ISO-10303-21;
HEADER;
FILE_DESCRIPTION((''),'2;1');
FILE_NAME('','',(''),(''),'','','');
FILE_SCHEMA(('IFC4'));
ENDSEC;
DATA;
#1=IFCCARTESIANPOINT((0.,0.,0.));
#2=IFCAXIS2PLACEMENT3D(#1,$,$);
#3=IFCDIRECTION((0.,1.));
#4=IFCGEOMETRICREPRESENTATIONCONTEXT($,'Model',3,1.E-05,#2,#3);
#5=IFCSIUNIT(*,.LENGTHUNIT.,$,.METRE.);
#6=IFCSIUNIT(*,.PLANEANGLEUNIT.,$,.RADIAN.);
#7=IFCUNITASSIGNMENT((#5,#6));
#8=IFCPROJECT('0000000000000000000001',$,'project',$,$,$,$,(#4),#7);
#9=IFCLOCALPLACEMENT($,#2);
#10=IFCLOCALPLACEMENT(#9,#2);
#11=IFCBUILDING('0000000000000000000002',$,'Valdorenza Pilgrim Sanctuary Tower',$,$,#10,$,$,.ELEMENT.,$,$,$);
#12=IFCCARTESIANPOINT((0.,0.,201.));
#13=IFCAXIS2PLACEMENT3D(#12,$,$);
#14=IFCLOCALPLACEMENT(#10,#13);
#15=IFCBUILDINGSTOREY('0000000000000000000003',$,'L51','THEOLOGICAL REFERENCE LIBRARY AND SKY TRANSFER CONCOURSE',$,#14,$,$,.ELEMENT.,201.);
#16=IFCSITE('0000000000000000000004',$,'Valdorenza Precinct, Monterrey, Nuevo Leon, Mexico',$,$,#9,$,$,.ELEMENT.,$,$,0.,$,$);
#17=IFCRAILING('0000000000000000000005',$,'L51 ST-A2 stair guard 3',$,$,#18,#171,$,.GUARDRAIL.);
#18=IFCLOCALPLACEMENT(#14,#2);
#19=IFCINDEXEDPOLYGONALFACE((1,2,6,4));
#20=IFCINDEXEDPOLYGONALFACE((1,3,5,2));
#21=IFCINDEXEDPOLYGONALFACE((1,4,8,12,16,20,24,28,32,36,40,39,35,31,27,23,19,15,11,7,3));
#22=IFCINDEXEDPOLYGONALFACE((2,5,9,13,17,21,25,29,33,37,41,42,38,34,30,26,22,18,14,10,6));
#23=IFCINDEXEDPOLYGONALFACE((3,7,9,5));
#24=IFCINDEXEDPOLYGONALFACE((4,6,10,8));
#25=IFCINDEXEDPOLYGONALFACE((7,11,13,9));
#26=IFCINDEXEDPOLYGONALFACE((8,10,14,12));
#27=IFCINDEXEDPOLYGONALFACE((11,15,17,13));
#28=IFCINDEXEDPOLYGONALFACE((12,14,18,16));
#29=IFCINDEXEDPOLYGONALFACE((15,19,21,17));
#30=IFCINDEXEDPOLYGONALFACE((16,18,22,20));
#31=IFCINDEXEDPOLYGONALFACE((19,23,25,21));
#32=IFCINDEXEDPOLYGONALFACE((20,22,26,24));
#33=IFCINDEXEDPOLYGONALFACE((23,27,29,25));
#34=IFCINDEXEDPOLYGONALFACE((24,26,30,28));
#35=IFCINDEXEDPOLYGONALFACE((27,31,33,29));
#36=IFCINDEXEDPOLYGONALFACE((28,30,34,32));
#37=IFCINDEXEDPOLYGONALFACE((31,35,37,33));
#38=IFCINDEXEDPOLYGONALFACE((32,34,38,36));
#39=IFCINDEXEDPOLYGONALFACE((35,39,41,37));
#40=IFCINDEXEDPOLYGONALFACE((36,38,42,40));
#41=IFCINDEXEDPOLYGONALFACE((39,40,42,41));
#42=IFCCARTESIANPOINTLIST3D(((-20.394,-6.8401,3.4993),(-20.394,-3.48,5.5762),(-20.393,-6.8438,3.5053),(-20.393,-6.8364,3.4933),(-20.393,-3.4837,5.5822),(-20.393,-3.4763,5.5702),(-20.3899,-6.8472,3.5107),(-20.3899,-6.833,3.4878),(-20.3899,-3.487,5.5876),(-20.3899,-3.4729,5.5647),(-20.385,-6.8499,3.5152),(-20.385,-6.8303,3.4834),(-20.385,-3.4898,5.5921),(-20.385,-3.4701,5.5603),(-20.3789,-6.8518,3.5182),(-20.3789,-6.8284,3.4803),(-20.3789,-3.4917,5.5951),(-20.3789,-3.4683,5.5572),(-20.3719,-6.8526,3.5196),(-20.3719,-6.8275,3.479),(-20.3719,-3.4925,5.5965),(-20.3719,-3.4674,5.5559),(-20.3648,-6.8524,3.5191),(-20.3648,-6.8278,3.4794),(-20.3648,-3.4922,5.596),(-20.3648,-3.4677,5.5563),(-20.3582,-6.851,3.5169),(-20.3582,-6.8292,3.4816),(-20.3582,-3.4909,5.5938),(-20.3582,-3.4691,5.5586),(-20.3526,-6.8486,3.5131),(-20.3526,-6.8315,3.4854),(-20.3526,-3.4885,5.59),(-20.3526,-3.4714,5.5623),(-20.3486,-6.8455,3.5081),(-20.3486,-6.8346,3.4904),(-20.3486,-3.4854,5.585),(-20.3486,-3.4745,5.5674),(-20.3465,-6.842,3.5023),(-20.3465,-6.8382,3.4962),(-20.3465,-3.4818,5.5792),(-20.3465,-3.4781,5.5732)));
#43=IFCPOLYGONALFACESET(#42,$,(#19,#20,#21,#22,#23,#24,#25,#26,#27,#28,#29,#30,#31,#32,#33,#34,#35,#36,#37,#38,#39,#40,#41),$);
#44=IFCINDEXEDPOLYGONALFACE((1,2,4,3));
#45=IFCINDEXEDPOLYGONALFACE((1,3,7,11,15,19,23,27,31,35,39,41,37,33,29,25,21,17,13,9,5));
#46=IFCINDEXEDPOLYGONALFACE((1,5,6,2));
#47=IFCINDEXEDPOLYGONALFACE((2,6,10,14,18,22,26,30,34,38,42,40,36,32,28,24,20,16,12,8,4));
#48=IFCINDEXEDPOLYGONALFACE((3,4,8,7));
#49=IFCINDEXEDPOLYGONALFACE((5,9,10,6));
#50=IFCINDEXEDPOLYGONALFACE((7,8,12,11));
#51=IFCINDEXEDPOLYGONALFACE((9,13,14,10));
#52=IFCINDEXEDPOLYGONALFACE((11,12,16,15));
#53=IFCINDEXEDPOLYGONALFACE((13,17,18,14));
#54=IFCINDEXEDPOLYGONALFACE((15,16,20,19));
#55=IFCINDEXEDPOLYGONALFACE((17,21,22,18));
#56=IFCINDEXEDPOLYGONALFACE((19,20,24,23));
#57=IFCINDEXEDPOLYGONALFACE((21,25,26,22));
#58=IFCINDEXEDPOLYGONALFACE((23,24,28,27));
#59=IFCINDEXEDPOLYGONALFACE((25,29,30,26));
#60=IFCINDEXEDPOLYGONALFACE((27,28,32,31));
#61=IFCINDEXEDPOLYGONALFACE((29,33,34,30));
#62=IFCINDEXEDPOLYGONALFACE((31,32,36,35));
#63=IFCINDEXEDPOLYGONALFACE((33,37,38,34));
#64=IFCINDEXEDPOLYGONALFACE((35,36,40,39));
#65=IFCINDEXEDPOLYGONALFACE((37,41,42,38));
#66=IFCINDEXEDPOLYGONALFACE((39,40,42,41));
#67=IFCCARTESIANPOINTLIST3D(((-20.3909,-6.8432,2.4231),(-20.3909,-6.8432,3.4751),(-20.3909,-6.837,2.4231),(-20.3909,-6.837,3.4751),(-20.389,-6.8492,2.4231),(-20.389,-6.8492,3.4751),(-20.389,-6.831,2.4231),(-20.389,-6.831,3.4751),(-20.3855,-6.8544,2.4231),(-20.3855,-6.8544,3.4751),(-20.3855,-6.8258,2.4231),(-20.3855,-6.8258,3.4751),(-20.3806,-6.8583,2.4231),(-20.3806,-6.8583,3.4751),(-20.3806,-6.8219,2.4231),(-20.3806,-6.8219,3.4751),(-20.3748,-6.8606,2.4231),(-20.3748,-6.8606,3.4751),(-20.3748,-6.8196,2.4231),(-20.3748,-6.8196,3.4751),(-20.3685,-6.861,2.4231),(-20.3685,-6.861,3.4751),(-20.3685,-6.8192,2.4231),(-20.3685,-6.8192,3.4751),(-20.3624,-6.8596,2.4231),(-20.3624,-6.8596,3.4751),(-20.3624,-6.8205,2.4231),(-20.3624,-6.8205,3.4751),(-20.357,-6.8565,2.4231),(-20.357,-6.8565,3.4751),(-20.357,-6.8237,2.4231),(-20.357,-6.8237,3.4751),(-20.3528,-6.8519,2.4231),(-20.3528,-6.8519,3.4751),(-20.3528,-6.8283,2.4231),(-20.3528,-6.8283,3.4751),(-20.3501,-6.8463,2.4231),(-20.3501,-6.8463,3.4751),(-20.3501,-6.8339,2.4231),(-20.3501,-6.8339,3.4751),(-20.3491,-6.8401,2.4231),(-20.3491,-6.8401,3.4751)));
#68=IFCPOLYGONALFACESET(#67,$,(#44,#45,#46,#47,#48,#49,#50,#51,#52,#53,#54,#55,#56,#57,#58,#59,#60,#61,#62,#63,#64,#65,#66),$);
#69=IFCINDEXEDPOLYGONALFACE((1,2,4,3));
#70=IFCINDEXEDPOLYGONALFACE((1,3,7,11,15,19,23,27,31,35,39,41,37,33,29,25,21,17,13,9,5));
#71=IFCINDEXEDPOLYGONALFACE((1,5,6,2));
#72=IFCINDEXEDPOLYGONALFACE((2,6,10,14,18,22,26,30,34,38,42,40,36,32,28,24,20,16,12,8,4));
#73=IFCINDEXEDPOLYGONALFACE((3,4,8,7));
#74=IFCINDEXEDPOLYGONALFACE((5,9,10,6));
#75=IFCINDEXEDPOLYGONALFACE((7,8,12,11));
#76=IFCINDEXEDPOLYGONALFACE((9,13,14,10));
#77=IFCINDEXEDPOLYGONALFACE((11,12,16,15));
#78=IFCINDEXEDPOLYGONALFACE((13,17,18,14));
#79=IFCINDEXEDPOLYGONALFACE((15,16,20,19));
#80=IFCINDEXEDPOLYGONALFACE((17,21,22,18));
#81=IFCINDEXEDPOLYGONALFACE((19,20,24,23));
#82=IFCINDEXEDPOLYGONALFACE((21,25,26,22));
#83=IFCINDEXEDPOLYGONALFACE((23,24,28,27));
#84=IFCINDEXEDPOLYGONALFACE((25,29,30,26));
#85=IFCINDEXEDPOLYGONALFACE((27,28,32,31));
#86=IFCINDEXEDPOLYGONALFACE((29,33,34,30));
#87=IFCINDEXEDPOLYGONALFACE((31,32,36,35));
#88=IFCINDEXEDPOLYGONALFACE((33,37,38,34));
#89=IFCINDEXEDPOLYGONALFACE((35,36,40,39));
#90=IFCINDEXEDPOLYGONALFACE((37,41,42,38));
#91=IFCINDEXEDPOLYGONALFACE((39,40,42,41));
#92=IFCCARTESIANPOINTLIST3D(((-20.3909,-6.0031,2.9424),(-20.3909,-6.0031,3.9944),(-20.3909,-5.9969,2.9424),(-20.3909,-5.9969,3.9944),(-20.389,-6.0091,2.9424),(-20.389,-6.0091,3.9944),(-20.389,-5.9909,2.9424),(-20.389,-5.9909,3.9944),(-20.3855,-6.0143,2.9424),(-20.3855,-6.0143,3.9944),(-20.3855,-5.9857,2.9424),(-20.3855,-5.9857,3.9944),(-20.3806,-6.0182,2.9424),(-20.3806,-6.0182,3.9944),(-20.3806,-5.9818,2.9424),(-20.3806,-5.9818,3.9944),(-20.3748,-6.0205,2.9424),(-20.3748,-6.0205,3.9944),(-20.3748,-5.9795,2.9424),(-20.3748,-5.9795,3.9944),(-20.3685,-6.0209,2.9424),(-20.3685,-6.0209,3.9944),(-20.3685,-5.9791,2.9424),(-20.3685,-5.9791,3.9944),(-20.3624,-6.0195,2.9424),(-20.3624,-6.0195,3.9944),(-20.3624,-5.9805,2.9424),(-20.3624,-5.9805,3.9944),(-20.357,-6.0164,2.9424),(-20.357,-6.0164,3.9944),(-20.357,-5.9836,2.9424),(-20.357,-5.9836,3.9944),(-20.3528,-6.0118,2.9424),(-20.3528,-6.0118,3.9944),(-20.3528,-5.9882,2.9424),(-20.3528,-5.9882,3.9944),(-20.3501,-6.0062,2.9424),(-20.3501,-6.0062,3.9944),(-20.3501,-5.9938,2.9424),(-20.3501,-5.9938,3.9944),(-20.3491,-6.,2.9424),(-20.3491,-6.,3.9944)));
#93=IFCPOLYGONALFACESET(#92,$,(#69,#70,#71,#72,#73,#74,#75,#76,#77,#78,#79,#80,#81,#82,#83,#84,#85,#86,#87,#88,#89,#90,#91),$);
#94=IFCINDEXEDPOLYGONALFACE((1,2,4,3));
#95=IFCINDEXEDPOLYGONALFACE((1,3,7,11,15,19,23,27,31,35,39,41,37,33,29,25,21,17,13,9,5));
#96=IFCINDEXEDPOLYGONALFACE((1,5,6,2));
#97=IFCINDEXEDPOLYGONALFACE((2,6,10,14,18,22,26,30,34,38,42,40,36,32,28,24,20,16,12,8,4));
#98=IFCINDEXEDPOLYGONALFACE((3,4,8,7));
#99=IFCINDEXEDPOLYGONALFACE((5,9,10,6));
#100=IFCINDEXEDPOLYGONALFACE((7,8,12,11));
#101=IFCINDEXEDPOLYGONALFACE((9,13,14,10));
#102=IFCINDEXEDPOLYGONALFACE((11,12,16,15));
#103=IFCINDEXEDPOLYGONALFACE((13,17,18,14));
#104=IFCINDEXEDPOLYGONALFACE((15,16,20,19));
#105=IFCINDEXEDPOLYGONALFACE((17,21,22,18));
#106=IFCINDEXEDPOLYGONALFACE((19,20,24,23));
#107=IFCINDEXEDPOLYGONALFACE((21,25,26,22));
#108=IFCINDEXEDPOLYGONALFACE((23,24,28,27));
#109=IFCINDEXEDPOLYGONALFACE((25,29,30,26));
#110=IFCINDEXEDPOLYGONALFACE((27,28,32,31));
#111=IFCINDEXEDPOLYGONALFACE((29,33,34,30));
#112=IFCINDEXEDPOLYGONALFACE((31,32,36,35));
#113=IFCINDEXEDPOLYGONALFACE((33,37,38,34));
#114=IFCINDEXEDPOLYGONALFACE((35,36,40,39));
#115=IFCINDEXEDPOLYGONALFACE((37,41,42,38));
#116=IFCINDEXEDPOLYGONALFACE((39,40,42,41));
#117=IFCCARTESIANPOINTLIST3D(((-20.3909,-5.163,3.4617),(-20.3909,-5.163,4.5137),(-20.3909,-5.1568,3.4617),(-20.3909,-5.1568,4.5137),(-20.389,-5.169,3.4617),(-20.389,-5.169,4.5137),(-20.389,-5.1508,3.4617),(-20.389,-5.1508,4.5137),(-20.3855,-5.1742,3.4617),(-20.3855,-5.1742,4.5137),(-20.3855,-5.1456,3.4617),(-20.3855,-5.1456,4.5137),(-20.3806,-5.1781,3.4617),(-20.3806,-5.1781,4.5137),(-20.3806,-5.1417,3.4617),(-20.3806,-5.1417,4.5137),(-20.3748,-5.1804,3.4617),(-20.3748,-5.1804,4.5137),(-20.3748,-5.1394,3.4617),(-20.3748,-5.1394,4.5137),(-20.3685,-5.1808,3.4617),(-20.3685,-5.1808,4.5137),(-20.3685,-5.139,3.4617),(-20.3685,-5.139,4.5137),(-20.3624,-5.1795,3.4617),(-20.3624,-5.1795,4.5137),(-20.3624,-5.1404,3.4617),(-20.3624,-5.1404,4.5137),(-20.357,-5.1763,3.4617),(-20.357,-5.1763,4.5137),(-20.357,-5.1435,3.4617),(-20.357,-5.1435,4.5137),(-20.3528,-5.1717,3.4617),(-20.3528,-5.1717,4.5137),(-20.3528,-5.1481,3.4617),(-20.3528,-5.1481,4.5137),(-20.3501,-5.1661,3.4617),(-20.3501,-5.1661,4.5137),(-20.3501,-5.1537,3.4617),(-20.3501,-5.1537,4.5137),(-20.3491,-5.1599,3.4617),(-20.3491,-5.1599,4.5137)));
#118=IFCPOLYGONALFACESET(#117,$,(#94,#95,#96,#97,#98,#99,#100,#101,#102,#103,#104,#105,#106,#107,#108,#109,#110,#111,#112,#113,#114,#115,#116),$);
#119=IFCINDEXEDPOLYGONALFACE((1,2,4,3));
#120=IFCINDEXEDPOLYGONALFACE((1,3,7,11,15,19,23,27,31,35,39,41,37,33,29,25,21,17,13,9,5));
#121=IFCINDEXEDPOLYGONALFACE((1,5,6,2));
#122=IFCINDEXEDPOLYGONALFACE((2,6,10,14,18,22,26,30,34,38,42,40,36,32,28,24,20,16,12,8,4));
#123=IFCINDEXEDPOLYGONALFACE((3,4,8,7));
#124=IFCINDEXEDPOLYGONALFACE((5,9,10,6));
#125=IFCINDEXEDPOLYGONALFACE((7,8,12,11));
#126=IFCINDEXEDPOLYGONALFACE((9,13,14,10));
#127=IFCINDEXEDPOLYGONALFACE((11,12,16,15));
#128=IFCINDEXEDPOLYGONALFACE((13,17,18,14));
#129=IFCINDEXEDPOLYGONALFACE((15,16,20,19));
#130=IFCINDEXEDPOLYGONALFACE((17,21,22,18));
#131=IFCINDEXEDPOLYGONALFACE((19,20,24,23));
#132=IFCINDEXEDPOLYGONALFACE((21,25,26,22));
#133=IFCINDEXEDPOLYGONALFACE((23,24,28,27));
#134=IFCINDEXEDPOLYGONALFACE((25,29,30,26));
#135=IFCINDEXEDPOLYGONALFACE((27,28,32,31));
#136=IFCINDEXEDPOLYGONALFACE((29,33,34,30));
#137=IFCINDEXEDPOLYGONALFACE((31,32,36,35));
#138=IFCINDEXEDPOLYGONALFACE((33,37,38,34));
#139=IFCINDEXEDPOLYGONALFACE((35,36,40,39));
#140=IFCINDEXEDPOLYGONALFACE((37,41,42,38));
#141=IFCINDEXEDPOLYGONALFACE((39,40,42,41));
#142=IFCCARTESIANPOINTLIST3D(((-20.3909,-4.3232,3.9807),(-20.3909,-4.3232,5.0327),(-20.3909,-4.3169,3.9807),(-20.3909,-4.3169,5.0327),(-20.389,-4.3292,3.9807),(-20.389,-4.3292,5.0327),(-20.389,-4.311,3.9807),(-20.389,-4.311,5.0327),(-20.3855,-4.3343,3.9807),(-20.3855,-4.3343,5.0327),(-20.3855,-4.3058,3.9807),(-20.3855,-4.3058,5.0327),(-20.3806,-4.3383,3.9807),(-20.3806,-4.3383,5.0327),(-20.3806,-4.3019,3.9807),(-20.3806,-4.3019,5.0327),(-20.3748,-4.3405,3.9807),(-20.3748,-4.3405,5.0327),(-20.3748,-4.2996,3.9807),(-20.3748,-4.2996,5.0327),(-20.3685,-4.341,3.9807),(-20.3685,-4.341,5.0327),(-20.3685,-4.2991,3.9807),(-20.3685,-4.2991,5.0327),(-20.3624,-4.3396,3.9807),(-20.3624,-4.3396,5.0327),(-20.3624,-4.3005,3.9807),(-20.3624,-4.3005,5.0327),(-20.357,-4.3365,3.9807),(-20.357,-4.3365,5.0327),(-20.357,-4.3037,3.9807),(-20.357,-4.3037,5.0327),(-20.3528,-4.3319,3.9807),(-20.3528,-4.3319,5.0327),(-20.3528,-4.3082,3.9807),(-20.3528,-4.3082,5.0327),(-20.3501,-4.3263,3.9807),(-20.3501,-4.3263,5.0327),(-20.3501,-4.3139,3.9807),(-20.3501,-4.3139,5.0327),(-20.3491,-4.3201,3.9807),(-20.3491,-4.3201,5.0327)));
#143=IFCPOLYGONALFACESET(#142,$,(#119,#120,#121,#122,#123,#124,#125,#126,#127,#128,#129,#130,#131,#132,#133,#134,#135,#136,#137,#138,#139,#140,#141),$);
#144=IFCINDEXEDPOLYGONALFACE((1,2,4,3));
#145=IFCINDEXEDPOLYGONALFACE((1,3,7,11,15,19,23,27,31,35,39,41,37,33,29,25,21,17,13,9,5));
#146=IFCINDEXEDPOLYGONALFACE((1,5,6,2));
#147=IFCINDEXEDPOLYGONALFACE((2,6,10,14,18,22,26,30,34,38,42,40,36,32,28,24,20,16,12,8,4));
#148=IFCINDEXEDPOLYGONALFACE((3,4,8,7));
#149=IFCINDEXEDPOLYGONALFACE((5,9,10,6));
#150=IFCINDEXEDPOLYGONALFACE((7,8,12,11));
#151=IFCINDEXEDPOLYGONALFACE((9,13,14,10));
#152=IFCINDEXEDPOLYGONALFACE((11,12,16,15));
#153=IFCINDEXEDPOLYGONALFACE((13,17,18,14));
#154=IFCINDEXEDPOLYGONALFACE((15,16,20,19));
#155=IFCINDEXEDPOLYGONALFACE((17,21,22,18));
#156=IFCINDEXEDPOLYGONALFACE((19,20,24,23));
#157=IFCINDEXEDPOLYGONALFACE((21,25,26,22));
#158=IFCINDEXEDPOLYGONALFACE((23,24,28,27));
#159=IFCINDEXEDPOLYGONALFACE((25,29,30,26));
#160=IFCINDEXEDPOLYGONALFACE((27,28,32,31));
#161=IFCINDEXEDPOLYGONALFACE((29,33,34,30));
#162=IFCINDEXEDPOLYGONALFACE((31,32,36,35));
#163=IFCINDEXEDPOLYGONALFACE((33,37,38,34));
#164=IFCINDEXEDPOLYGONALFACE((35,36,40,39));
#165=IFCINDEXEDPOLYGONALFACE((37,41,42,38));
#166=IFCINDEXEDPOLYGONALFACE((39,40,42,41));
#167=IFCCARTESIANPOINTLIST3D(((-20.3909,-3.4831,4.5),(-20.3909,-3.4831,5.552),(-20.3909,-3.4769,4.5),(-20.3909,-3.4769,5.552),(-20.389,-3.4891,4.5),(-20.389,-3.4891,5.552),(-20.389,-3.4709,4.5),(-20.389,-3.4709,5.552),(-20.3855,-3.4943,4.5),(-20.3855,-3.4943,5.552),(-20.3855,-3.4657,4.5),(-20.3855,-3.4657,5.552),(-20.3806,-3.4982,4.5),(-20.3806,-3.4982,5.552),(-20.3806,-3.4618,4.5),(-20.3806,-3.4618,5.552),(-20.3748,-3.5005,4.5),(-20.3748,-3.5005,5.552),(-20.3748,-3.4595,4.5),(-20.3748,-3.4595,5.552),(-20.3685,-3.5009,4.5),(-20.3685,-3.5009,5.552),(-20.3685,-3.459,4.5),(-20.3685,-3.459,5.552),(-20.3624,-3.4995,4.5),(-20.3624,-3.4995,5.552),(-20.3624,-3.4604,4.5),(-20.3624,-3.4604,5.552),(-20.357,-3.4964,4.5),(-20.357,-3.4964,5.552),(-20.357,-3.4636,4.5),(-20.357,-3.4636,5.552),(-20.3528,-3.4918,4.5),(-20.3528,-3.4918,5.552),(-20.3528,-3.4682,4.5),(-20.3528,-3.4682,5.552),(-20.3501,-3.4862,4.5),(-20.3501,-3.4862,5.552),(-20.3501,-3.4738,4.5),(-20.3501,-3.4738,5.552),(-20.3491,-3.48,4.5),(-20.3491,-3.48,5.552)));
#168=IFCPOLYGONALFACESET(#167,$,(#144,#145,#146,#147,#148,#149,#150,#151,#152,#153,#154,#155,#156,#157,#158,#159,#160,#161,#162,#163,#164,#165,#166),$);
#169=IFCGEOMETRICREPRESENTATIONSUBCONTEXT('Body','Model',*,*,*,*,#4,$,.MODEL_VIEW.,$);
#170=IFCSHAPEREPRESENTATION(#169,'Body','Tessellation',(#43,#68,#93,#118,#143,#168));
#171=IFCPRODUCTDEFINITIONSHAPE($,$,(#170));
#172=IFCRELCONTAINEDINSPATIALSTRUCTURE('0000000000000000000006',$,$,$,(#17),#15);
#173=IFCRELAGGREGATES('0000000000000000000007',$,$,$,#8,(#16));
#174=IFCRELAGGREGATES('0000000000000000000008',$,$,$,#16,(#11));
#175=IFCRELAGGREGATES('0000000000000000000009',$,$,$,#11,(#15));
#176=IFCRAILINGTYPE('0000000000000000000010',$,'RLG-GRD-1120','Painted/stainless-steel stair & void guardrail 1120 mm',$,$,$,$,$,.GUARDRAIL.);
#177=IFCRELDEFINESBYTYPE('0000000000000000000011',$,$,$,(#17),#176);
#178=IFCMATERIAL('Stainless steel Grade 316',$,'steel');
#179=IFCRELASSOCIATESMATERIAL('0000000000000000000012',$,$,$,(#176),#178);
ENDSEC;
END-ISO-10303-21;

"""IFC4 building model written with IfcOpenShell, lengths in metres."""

from ifc_helpers import new_model, si_unit, direction, frame, origin, origin_2d, place, context, subcontext, project, spatial, circle, extrude, material, type_object, element, save


model = new_model("IFC4")

# Units and contexts
model_context = context("Model", 3, precision=1e-05, world=origin(), true_north=direction((0.0, 1.0)))
body_context = subcontext(model_context, "Body", "Model", "MODEL_VIEW")
ifc_project = project(units=[si_unit("LENGTHUNIT", "METRE"), si_unit("PLANEANGLEUNIT", "RADIAN")], contexts=[model_context])

# Site, building, storey
site_placement = place(None, origin())
site = spatial("IfcSite", under=ifc_project, at=site_placement, Name="Valdorenza Precinct, Monterrey, Nuevo Leon, Mexico", CompositionType="ELEMENT", RefElevation=0.0)
building_placement = place(site_placement, origin())
building = spatial("IfcBuilding", under=site, at=building_placement, Name="Valdorenza Pilgrim Sanctuary Tower", CompositionType="ELEMENT")
storey_placement = place(building_placement, frame((0.0, 0.0, 201.0)))
storey = spatial("IfcBuildingStorey", under=building, at=storey_placement, Name="L51", Description="THEOLOGICAL REFERENCE LIBRARY AND SKY TRANSFER CONCOURSE", CompositionType="ELEMENT", Elevation=201.0)

# Railing
ifc_material_1 = material(Name="Stainless steel Grade 316", Category="steel")
railing_type_1 = type_object("IfcRailingType", Name="RLG-GRD-1120", Description="Painted/stainless-steel stair & void guardrail 1120 mm", PredefinedType="GUARDRAIL", material=ifc_material_1)
railing_1_placement = place(storey_placement, frame((-20.3701, -6.8401, 2.4231)))
element("IfcRailing", 1, at=railing_1_placement, inside=storey, type_object=railing_type_1, Name="L51 ST-A2 stair guard 3", PredefinedType="GUARDRAIL", context=body_context, shape_type="SweptSolid", body=[
    extrude(circle(Radius=0.0239, at=origin_2d()), frame((0.0, 0.0, 1.0762), z_axis=(0.0, 0.850623, 0.525776), x_axis=(-1.0, 0.0, 0.0)), (0.0, 0.0, 1.0), 3.9502),
    extrude(circle(Radius=0.021, at=origin_2d()), origin(), (0.0, 0.0, 1.0), 1.052),
    extrude(circle(Radius=0.021, at=origin_2d()), frame((0.0, 0.8401, 0.5193)), (0.0, 0.0, 1.0), 1.052),
    extrude(circle(Radius=0.021, at=origin_2d()), frame((0.0, 1.6802, 1.0386)), (0.0, 0.0, 1.0), 1.052),
    extrude(circle(Radius=0.021, at=origin_2d()), frame((0.0, 2.52, 1.5576)), (0.0, 0.0, 1.0), 1.052),
    extrude(circle(Radius=0.021, at=origin_2d()), frame((0.0, 3.3601, 2.0769)), (0.0, 0.0, 1.0), 1.052),
])

save(model, "model.ifc")
